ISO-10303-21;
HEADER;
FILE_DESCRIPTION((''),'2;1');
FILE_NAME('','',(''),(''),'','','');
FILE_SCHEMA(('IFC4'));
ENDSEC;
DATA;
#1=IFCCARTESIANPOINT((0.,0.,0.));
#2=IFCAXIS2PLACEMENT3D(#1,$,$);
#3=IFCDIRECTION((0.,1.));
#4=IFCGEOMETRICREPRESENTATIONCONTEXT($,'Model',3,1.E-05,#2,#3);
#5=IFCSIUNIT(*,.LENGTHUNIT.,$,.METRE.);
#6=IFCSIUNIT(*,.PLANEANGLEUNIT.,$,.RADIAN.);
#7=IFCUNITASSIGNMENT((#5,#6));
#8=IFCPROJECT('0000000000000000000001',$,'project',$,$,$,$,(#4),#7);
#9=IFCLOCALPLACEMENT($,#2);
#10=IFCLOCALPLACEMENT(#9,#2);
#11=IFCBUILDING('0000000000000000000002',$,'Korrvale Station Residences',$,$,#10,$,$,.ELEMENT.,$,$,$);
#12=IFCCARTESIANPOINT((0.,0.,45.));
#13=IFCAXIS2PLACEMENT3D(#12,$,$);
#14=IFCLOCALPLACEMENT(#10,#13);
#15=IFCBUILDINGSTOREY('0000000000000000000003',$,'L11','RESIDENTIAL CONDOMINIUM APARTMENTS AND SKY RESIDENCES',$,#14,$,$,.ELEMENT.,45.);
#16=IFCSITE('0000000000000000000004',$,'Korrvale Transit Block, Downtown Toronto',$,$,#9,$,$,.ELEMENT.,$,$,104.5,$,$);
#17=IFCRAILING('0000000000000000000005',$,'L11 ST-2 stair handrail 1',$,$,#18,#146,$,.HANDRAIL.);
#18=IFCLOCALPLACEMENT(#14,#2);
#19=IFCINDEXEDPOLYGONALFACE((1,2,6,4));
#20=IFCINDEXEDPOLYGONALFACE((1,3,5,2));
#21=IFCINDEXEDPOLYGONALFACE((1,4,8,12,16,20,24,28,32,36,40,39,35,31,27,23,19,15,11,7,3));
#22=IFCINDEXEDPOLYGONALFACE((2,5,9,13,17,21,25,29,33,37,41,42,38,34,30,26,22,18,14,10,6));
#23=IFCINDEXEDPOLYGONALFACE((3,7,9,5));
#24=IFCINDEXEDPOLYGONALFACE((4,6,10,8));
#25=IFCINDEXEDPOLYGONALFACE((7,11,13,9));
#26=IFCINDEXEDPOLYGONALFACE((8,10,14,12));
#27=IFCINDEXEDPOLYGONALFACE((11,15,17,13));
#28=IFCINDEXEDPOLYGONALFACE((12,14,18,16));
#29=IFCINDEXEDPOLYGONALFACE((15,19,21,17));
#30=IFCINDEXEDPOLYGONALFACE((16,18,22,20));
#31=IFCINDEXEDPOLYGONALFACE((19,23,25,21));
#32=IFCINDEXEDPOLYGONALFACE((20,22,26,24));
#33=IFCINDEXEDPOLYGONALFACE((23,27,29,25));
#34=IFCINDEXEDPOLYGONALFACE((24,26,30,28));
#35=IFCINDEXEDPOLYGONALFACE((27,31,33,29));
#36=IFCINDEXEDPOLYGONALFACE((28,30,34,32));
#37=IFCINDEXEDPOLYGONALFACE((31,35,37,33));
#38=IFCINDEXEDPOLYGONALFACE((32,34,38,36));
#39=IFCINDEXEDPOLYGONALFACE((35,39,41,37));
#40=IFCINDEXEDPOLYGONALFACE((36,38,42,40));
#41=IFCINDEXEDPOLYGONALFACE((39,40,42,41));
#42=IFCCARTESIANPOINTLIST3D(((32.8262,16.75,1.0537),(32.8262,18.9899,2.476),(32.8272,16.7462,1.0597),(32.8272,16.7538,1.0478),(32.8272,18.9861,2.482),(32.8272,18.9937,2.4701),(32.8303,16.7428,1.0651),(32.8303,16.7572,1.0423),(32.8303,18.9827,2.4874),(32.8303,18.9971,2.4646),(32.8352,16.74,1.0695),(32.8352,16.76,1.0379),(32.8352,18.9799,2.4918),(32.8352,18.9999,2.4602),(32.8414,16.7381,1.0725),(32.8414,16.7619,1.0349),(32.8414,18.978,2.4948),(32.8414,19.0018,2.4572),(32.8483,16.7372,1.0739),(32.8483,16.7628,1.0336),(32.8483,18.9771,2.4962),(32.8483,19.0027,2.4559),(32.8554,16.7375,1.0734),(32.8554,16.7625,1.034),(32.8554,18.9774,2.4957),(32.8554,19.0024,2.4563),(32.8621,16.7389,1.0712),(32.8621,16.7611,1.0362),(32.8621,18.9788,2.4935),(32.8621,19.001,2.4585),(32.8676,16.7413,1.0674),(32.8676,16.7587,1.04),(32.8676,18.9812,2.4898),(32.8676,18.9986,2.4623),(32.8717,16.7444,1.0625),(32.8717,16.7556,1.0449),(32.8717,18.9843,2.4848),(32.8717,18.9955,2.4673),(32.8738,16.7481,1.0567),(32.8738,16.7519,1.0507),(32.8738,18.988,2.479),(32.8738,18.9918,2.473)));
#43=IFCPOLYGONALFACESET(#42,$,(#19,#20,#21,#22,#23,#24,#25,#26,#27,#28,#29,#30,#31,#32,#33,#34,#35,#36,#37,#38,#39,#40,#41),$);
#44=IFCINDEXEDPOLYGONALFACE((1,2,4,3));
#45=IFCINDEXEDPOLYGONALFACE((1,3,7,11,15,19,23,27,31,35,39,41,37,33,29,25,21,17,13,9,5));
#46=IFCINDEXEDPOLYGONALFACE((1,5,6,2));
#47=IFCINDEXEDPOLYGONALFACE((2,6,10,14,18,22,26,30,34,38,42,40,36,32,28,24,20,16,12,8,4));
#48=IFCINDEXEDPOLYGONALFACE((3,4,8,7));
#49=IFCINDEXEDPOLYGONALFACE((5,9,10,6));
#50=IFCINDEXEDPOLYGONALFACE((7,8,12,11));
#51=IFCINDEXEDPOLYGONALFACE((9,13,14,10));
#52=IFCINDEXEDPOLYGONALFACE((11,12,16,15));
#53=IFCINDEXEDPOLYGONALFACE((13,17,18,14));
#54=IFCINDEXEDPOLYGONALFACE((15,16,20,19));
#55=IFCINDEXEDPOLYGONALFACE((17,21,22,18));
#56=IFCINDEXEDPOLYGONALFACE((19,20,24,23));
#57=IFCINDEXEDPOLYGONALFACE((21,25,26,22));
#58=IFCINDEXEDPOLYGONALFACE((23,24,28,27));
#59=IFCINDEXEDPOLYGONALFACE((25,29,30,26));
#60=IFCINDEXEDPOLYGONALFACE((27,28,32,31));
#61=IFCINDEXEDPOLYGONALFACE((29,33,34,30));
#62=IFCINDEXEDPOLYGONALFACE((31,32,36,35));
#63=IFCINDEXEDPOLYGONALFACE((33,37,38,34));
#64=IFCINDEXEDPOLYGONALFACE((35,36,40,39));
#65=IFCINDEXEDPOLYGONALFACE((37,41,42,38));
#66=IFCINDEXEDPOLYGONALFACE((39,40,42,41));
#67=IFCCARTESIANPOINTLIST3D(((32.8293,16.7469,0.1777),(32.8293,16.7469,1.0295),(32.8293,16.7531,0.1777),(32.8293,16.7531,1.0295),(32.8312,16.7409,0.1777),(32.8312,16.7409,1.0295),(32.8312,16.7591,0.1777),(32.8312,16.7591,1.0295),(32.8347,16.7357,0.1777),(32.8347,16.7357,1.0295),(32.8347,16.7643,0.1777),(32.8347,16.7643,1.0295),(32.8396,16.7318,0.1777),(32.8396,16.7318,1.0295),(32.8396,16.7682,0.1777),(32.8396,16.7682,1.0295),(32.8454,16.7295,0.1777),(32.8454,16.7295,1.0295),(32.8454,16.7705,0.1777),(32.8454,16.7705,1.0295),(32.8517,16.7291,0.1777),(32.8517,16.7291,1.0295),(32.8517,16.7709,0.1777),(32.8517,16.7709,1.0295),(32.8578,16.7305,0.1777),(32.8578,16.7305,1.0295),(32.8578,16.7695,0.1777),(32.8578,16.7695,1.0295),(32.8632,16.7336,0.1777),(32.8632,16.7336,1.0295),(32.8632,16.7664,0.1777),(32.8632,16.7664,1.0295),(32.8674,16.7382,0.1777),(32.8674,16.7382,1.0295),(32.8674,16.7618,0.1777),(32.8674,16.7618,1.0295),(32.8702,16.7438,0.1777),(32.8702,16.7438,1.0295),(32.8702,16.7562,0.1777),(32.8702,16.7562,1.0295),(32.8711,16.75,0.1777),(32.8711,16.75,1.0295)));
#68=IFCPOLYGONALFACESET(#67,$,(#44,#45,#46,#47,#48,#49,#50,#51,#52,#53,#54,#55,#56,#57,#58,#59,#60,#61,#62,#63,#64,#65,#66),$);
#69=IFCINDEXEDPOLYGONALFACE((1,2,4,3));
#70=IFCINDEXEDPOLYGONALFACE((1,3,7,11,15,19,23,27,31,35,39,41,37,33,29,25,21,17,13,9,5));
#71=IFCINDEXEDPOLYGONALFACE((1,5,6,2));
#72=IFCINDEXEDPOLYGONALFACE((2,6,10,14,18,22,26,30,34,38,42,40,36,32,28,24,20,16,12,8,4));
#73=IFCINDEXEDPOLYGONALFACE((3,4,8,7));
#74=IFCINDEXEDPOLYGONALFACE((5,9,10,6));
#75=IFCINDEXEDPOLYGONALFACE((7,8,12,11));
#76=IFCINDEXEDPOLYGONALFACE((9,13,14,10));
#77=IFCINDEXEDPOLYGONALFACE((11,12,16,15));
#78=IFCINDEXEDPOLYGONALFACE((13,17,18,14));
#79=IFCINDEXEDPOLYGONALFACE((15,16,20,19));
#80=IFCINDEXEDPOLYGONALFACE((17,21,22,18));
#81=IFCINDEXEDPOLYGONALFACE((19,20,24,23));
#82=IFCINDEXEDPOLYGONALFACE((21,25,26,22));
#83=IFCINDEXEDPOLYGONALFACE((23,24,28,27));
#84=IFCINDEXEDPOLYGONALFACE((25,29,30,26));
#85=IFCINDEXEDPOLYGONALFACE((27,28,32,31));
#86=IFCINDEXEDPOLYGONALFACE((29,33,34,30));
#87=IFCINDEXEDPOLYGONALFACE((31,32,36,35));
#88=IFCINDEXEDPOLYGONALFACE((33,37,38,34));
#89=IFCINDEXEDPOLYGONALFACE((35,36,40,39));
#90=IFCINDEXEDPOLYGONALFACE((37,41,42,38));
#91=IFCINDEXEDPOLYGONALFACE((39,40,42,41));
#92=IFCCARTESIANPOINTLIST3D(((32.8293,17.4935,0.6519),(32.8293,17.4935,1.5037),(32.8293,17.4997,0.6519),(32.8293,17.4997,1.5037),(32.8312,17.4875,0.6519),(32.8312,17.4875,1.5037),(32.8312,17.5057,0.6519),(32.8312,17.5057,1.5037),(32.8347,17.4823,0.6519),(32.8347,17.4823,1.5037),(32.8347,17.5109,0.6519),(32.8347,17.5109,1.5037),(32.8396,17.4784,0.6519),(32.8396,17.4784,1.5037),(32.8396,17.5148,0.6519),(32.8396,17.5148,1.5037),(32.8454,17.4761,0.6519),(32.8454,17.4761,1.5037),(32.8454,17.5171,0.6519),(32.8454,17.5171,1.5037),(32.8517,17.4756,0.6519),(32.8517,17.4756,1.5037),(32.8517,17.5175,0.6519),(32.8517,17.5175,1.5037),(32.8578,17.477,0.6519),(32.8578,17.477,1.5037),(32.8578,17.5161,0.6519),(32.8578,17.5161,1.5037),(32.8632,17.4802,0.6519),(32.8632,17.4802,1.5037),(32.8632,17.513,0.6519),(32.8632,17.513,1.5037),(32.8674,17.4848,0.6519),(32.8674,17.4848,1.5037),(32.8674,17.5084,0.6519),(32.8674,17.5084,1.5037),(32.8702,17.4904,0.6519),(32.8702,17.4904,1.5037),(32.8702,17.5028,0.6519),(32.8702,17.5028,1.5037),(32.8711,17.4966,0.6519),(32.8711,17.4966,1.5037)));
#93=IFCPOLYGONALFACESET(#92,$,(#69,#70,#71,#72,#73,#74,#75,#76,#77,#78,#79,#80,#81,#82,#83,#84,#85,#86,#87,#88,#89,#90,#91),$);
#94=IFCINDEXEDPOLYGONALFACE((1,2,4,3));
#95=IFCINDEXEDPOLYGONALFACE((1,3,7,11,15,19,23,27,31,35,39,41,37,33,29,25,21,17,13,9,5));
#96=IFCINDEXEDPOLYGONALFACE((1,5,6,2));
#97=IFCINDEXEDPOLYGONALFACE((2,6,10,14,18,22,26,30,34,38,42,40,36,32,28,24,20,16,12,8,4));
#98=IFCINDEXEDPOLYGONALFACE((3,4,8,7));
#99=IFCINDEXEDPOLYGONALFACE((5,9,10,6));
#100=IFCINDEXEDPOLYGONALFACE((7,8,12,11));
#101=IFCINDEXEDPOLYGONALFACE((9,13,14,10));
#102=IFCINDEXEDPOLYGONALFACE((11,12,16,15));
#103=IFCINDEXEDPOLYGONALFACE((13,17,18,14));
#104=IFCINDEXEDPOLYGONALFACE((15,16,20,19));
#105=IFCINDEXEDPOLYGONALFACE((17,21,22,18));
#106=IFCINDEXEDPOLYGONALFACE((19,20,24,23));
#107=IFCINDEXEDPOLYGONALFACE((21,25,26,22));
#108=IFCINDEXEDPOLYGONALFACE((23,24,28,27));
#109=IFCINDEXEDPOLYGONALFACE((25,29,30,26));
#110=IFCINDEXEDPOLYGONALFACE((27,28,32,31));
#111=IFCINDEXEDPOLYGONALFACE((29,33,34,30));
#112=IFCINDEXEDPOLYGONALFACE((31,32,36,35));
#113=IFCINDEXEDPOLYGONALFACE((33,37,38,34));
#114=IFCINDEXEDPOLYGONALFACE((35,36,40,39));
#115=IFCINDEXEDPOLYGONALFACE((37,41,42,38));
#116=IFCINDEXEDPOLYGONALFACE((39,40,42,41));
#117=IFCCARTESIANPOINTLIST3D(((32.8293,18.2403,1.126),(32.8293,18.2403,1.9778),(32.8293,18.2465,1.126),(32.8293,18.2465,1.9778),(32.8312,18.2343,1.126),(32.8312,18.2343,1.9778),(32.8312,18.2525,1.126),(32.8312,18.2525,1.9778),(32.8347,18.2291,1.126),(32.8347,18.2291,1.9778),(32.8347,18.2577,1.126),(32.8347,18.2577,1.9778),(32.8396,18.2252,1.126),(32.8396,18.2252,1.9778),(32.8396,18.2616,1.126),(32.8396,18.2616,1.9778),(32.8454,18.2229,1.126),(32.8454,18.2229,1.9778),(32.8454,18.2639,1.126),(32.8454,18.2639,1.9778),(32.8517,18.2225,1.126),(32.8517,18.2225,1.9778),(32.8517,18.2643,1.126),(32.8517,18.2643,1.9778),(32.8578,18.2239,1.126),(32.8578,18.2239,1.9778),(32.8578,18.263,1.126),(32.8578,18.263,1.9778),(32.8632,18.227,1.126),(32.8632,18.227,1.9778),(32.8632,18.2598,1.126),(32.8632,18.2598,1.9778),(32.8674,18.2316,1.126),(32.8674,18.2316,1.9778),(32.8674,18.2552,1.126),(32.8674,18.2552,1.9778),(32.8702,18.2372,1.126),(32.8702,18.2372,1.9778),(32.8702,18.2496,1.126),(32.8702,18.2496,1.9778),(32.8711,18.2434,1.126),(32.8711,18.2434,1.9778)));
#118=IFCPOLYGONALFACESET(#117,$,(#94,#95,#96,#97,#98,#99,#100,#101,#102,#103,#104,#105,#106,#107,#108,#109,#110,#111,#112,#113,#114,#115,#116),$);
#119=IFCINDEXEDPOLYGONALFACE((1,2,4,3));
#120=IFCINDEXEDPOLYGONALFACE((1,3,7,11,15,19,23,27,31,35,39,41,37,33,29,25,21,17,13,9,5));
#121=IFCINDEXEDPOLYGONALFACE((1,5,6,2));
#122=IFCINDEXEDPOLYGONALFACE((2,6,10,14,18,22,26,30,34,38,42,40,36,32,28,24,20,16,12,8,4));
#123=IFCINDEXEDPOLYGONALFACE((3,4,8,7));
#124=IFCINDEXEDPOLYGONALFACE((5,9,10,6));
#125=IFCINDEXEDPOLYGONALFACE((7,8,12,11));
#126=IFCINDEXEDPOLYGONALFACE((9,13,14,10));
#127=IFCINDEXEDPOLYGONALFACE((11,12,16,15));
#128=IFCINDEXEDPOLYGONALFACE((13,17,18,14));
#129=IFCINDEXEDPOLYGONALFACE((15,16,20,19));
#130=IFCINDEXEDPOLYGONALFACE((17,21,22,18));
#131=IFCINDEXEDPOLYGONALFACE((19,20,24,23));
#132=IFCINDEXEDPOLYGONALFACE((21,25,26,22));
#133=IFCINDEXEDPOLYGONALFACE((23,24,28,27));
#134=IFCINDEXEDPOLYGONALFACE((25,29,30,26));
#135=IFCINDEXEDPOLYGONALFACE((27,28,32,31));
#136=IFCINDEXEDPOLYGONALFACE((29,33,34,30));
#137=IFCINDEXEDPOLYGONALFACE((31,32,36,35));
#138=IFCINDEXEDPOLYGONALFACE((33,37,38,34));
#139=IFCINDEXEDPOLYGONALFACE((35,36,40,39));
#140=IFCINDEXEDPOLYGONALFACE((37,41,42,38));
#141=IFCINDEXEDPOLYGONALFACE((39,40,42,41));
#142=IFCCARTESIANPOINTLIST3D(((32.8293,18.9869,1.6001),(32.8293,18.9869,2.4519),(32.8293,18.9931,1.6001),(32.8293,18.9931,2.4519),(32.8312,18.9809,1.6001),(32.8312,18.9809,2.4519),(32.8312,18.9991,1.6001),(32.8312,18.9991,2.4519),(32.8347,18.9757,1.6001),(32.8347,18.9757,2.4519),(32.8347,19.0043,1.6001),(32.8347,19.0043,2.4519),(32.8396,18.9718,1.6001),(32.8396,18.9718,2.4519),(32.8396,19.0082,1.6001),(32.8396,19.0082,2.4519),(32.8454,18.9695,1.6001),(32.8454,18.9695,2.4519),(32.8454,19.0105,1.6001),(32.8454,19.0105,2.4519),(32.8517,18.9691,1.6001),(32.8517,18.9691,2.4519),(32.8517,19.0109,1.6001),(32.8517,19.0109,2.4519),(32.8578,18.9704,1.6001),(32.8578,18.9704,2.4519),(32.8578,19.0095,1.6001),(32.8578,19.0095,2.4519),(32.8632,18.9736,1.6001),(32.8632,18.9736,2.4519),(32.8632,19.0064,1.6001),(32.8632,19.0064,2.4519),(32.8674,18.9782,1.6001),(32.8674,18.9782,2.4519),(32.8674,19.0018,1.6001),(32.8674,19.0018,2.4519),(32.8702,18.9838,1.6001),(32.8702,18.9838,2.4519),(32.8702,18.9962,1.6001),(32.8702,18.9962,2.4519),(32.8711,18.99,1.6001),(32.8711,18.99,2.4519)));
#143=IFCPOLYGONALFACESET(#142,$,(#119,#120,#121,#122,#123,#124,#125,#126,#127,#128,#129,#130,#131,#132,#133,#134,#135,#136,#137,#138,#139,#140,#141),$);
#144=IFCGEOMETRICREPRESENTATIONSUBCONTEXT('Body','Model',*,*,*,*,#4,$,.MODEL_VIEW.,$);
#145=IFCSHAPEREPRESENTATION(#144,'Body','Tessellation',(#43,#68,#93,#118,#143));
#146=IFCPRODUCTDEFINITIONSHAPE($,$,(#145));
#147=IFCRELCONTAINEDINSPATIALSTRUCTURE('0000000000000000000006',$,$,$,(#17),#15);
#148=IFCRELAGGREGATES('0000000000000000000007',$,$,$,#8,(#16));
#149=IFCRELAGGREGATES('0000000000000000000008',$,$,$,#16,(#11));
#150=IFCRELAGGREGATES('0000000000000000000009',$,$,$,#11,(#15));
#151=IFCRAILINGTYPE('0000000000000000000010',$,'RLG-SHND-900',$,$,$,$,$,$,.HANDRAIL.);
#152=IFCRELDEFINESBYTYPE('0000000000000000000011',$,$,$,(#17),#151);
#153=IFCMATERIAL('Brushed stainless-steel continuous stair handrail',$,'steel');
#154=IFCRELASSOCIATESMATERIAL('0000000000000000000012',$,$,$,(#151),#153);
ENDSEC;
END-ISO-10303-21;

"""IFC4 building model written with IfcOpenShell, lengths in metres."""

from ifc_helpers import new_model, si_unit, direction, frame, origin, origin_2d, place, context, subcontext, project, spatial, circle, extrude, material, type_object, element, save


model = new_model("IFC4")

# Units and contexts
model_context = context("Model", 3, precision=1e-05, world=origin(), true_north=direction((0.0, 1.0)))
body_context = subcontext(model_context, "Body", "Model", "MODEL_VIEW")
ifc_project = project(units=[si_unit("LENGTHUNIT", "METRE"), si_unit("PLANEANGLEUNIT", "RADIAN")], contexts=[model_context])

# Site, building, storey
site_placement = place(None, origin())
site = spatial("IfcSite", under=ifc_project, at=site_placement, Name="Korrvale Transit Block, Downtown Toronto", CompositionType="ELEMENT", RefElevation=104.5)
building_placement = place(site_placement, origin())
building = spatial("IfcBuilding", under=site, at=building_placement, Name="Korrvale Station Residences", CompositionType="ELEMENT")
storey_placement = place(building_placement, frame((0.0, 0.0, 45.0)))
storey = spatial("IfcBuildingStorey", under=building, at=storey_placement, Name="L11", Description="RESIDENTIAL CONDOMINIUM APARTMENTS AND SKY RESIDENCES", CompositionType="ELEMENT", Elevation=45.0)

# Railing
ifc_material_1 = material(Name="Brushed stainless-steel continuous stair handrail", Category="steel")
railing_type_1 = type_object("IfcRailingType", Name="RLG-SHND-900", PredefinedType="HANDRAIL", material=ifc_material_1)
railing_1_placement = place(storey_placement, frame((32.8501, 16.75, 0.1777)))
element("IfcRailing", 1, at=railing_1_placement, inside=storey, type_object=railing_type_1, Name="L11 ST-2 stair handrail 1", PredefinedType="HANDRAIL", context=body_context, shape_type="SweptSolid", body=[
    extrude(circle(Radius=0.0239, at=origin_2d()), frame((0.0, 0.0, 0.876), z_axis=(0.0, 0.844188, 0.536048), x_axis=(-1.0, 0.0, 0.0)), (0.0, 0.0, 1.0), 2.6533),
    extrude(circle(Radius=0.021, at=origin_2d()), origin(), (0.0, 0.0, 1.0), 0.8518),
    extrude(circle(Radius=0.021, at=origin_2d()), frame((0.0, 0.7466, 0.4741)), (0.0, 0.0, 1.0), 0.8518),
    extrude(circle(Radius=0.021, at=origin_2d()), frame((0.0, 1.4934, 0.9482)), (0.0, 0.0, 1.0), 0.8518),
    extrude(circle(Radius=0.021, at=origin_2d()), frame((0.0, 2.24, 1.4224)), (0.0, 0.0, 1.0), 0.8518),
])

save(model, "model.ifc")
